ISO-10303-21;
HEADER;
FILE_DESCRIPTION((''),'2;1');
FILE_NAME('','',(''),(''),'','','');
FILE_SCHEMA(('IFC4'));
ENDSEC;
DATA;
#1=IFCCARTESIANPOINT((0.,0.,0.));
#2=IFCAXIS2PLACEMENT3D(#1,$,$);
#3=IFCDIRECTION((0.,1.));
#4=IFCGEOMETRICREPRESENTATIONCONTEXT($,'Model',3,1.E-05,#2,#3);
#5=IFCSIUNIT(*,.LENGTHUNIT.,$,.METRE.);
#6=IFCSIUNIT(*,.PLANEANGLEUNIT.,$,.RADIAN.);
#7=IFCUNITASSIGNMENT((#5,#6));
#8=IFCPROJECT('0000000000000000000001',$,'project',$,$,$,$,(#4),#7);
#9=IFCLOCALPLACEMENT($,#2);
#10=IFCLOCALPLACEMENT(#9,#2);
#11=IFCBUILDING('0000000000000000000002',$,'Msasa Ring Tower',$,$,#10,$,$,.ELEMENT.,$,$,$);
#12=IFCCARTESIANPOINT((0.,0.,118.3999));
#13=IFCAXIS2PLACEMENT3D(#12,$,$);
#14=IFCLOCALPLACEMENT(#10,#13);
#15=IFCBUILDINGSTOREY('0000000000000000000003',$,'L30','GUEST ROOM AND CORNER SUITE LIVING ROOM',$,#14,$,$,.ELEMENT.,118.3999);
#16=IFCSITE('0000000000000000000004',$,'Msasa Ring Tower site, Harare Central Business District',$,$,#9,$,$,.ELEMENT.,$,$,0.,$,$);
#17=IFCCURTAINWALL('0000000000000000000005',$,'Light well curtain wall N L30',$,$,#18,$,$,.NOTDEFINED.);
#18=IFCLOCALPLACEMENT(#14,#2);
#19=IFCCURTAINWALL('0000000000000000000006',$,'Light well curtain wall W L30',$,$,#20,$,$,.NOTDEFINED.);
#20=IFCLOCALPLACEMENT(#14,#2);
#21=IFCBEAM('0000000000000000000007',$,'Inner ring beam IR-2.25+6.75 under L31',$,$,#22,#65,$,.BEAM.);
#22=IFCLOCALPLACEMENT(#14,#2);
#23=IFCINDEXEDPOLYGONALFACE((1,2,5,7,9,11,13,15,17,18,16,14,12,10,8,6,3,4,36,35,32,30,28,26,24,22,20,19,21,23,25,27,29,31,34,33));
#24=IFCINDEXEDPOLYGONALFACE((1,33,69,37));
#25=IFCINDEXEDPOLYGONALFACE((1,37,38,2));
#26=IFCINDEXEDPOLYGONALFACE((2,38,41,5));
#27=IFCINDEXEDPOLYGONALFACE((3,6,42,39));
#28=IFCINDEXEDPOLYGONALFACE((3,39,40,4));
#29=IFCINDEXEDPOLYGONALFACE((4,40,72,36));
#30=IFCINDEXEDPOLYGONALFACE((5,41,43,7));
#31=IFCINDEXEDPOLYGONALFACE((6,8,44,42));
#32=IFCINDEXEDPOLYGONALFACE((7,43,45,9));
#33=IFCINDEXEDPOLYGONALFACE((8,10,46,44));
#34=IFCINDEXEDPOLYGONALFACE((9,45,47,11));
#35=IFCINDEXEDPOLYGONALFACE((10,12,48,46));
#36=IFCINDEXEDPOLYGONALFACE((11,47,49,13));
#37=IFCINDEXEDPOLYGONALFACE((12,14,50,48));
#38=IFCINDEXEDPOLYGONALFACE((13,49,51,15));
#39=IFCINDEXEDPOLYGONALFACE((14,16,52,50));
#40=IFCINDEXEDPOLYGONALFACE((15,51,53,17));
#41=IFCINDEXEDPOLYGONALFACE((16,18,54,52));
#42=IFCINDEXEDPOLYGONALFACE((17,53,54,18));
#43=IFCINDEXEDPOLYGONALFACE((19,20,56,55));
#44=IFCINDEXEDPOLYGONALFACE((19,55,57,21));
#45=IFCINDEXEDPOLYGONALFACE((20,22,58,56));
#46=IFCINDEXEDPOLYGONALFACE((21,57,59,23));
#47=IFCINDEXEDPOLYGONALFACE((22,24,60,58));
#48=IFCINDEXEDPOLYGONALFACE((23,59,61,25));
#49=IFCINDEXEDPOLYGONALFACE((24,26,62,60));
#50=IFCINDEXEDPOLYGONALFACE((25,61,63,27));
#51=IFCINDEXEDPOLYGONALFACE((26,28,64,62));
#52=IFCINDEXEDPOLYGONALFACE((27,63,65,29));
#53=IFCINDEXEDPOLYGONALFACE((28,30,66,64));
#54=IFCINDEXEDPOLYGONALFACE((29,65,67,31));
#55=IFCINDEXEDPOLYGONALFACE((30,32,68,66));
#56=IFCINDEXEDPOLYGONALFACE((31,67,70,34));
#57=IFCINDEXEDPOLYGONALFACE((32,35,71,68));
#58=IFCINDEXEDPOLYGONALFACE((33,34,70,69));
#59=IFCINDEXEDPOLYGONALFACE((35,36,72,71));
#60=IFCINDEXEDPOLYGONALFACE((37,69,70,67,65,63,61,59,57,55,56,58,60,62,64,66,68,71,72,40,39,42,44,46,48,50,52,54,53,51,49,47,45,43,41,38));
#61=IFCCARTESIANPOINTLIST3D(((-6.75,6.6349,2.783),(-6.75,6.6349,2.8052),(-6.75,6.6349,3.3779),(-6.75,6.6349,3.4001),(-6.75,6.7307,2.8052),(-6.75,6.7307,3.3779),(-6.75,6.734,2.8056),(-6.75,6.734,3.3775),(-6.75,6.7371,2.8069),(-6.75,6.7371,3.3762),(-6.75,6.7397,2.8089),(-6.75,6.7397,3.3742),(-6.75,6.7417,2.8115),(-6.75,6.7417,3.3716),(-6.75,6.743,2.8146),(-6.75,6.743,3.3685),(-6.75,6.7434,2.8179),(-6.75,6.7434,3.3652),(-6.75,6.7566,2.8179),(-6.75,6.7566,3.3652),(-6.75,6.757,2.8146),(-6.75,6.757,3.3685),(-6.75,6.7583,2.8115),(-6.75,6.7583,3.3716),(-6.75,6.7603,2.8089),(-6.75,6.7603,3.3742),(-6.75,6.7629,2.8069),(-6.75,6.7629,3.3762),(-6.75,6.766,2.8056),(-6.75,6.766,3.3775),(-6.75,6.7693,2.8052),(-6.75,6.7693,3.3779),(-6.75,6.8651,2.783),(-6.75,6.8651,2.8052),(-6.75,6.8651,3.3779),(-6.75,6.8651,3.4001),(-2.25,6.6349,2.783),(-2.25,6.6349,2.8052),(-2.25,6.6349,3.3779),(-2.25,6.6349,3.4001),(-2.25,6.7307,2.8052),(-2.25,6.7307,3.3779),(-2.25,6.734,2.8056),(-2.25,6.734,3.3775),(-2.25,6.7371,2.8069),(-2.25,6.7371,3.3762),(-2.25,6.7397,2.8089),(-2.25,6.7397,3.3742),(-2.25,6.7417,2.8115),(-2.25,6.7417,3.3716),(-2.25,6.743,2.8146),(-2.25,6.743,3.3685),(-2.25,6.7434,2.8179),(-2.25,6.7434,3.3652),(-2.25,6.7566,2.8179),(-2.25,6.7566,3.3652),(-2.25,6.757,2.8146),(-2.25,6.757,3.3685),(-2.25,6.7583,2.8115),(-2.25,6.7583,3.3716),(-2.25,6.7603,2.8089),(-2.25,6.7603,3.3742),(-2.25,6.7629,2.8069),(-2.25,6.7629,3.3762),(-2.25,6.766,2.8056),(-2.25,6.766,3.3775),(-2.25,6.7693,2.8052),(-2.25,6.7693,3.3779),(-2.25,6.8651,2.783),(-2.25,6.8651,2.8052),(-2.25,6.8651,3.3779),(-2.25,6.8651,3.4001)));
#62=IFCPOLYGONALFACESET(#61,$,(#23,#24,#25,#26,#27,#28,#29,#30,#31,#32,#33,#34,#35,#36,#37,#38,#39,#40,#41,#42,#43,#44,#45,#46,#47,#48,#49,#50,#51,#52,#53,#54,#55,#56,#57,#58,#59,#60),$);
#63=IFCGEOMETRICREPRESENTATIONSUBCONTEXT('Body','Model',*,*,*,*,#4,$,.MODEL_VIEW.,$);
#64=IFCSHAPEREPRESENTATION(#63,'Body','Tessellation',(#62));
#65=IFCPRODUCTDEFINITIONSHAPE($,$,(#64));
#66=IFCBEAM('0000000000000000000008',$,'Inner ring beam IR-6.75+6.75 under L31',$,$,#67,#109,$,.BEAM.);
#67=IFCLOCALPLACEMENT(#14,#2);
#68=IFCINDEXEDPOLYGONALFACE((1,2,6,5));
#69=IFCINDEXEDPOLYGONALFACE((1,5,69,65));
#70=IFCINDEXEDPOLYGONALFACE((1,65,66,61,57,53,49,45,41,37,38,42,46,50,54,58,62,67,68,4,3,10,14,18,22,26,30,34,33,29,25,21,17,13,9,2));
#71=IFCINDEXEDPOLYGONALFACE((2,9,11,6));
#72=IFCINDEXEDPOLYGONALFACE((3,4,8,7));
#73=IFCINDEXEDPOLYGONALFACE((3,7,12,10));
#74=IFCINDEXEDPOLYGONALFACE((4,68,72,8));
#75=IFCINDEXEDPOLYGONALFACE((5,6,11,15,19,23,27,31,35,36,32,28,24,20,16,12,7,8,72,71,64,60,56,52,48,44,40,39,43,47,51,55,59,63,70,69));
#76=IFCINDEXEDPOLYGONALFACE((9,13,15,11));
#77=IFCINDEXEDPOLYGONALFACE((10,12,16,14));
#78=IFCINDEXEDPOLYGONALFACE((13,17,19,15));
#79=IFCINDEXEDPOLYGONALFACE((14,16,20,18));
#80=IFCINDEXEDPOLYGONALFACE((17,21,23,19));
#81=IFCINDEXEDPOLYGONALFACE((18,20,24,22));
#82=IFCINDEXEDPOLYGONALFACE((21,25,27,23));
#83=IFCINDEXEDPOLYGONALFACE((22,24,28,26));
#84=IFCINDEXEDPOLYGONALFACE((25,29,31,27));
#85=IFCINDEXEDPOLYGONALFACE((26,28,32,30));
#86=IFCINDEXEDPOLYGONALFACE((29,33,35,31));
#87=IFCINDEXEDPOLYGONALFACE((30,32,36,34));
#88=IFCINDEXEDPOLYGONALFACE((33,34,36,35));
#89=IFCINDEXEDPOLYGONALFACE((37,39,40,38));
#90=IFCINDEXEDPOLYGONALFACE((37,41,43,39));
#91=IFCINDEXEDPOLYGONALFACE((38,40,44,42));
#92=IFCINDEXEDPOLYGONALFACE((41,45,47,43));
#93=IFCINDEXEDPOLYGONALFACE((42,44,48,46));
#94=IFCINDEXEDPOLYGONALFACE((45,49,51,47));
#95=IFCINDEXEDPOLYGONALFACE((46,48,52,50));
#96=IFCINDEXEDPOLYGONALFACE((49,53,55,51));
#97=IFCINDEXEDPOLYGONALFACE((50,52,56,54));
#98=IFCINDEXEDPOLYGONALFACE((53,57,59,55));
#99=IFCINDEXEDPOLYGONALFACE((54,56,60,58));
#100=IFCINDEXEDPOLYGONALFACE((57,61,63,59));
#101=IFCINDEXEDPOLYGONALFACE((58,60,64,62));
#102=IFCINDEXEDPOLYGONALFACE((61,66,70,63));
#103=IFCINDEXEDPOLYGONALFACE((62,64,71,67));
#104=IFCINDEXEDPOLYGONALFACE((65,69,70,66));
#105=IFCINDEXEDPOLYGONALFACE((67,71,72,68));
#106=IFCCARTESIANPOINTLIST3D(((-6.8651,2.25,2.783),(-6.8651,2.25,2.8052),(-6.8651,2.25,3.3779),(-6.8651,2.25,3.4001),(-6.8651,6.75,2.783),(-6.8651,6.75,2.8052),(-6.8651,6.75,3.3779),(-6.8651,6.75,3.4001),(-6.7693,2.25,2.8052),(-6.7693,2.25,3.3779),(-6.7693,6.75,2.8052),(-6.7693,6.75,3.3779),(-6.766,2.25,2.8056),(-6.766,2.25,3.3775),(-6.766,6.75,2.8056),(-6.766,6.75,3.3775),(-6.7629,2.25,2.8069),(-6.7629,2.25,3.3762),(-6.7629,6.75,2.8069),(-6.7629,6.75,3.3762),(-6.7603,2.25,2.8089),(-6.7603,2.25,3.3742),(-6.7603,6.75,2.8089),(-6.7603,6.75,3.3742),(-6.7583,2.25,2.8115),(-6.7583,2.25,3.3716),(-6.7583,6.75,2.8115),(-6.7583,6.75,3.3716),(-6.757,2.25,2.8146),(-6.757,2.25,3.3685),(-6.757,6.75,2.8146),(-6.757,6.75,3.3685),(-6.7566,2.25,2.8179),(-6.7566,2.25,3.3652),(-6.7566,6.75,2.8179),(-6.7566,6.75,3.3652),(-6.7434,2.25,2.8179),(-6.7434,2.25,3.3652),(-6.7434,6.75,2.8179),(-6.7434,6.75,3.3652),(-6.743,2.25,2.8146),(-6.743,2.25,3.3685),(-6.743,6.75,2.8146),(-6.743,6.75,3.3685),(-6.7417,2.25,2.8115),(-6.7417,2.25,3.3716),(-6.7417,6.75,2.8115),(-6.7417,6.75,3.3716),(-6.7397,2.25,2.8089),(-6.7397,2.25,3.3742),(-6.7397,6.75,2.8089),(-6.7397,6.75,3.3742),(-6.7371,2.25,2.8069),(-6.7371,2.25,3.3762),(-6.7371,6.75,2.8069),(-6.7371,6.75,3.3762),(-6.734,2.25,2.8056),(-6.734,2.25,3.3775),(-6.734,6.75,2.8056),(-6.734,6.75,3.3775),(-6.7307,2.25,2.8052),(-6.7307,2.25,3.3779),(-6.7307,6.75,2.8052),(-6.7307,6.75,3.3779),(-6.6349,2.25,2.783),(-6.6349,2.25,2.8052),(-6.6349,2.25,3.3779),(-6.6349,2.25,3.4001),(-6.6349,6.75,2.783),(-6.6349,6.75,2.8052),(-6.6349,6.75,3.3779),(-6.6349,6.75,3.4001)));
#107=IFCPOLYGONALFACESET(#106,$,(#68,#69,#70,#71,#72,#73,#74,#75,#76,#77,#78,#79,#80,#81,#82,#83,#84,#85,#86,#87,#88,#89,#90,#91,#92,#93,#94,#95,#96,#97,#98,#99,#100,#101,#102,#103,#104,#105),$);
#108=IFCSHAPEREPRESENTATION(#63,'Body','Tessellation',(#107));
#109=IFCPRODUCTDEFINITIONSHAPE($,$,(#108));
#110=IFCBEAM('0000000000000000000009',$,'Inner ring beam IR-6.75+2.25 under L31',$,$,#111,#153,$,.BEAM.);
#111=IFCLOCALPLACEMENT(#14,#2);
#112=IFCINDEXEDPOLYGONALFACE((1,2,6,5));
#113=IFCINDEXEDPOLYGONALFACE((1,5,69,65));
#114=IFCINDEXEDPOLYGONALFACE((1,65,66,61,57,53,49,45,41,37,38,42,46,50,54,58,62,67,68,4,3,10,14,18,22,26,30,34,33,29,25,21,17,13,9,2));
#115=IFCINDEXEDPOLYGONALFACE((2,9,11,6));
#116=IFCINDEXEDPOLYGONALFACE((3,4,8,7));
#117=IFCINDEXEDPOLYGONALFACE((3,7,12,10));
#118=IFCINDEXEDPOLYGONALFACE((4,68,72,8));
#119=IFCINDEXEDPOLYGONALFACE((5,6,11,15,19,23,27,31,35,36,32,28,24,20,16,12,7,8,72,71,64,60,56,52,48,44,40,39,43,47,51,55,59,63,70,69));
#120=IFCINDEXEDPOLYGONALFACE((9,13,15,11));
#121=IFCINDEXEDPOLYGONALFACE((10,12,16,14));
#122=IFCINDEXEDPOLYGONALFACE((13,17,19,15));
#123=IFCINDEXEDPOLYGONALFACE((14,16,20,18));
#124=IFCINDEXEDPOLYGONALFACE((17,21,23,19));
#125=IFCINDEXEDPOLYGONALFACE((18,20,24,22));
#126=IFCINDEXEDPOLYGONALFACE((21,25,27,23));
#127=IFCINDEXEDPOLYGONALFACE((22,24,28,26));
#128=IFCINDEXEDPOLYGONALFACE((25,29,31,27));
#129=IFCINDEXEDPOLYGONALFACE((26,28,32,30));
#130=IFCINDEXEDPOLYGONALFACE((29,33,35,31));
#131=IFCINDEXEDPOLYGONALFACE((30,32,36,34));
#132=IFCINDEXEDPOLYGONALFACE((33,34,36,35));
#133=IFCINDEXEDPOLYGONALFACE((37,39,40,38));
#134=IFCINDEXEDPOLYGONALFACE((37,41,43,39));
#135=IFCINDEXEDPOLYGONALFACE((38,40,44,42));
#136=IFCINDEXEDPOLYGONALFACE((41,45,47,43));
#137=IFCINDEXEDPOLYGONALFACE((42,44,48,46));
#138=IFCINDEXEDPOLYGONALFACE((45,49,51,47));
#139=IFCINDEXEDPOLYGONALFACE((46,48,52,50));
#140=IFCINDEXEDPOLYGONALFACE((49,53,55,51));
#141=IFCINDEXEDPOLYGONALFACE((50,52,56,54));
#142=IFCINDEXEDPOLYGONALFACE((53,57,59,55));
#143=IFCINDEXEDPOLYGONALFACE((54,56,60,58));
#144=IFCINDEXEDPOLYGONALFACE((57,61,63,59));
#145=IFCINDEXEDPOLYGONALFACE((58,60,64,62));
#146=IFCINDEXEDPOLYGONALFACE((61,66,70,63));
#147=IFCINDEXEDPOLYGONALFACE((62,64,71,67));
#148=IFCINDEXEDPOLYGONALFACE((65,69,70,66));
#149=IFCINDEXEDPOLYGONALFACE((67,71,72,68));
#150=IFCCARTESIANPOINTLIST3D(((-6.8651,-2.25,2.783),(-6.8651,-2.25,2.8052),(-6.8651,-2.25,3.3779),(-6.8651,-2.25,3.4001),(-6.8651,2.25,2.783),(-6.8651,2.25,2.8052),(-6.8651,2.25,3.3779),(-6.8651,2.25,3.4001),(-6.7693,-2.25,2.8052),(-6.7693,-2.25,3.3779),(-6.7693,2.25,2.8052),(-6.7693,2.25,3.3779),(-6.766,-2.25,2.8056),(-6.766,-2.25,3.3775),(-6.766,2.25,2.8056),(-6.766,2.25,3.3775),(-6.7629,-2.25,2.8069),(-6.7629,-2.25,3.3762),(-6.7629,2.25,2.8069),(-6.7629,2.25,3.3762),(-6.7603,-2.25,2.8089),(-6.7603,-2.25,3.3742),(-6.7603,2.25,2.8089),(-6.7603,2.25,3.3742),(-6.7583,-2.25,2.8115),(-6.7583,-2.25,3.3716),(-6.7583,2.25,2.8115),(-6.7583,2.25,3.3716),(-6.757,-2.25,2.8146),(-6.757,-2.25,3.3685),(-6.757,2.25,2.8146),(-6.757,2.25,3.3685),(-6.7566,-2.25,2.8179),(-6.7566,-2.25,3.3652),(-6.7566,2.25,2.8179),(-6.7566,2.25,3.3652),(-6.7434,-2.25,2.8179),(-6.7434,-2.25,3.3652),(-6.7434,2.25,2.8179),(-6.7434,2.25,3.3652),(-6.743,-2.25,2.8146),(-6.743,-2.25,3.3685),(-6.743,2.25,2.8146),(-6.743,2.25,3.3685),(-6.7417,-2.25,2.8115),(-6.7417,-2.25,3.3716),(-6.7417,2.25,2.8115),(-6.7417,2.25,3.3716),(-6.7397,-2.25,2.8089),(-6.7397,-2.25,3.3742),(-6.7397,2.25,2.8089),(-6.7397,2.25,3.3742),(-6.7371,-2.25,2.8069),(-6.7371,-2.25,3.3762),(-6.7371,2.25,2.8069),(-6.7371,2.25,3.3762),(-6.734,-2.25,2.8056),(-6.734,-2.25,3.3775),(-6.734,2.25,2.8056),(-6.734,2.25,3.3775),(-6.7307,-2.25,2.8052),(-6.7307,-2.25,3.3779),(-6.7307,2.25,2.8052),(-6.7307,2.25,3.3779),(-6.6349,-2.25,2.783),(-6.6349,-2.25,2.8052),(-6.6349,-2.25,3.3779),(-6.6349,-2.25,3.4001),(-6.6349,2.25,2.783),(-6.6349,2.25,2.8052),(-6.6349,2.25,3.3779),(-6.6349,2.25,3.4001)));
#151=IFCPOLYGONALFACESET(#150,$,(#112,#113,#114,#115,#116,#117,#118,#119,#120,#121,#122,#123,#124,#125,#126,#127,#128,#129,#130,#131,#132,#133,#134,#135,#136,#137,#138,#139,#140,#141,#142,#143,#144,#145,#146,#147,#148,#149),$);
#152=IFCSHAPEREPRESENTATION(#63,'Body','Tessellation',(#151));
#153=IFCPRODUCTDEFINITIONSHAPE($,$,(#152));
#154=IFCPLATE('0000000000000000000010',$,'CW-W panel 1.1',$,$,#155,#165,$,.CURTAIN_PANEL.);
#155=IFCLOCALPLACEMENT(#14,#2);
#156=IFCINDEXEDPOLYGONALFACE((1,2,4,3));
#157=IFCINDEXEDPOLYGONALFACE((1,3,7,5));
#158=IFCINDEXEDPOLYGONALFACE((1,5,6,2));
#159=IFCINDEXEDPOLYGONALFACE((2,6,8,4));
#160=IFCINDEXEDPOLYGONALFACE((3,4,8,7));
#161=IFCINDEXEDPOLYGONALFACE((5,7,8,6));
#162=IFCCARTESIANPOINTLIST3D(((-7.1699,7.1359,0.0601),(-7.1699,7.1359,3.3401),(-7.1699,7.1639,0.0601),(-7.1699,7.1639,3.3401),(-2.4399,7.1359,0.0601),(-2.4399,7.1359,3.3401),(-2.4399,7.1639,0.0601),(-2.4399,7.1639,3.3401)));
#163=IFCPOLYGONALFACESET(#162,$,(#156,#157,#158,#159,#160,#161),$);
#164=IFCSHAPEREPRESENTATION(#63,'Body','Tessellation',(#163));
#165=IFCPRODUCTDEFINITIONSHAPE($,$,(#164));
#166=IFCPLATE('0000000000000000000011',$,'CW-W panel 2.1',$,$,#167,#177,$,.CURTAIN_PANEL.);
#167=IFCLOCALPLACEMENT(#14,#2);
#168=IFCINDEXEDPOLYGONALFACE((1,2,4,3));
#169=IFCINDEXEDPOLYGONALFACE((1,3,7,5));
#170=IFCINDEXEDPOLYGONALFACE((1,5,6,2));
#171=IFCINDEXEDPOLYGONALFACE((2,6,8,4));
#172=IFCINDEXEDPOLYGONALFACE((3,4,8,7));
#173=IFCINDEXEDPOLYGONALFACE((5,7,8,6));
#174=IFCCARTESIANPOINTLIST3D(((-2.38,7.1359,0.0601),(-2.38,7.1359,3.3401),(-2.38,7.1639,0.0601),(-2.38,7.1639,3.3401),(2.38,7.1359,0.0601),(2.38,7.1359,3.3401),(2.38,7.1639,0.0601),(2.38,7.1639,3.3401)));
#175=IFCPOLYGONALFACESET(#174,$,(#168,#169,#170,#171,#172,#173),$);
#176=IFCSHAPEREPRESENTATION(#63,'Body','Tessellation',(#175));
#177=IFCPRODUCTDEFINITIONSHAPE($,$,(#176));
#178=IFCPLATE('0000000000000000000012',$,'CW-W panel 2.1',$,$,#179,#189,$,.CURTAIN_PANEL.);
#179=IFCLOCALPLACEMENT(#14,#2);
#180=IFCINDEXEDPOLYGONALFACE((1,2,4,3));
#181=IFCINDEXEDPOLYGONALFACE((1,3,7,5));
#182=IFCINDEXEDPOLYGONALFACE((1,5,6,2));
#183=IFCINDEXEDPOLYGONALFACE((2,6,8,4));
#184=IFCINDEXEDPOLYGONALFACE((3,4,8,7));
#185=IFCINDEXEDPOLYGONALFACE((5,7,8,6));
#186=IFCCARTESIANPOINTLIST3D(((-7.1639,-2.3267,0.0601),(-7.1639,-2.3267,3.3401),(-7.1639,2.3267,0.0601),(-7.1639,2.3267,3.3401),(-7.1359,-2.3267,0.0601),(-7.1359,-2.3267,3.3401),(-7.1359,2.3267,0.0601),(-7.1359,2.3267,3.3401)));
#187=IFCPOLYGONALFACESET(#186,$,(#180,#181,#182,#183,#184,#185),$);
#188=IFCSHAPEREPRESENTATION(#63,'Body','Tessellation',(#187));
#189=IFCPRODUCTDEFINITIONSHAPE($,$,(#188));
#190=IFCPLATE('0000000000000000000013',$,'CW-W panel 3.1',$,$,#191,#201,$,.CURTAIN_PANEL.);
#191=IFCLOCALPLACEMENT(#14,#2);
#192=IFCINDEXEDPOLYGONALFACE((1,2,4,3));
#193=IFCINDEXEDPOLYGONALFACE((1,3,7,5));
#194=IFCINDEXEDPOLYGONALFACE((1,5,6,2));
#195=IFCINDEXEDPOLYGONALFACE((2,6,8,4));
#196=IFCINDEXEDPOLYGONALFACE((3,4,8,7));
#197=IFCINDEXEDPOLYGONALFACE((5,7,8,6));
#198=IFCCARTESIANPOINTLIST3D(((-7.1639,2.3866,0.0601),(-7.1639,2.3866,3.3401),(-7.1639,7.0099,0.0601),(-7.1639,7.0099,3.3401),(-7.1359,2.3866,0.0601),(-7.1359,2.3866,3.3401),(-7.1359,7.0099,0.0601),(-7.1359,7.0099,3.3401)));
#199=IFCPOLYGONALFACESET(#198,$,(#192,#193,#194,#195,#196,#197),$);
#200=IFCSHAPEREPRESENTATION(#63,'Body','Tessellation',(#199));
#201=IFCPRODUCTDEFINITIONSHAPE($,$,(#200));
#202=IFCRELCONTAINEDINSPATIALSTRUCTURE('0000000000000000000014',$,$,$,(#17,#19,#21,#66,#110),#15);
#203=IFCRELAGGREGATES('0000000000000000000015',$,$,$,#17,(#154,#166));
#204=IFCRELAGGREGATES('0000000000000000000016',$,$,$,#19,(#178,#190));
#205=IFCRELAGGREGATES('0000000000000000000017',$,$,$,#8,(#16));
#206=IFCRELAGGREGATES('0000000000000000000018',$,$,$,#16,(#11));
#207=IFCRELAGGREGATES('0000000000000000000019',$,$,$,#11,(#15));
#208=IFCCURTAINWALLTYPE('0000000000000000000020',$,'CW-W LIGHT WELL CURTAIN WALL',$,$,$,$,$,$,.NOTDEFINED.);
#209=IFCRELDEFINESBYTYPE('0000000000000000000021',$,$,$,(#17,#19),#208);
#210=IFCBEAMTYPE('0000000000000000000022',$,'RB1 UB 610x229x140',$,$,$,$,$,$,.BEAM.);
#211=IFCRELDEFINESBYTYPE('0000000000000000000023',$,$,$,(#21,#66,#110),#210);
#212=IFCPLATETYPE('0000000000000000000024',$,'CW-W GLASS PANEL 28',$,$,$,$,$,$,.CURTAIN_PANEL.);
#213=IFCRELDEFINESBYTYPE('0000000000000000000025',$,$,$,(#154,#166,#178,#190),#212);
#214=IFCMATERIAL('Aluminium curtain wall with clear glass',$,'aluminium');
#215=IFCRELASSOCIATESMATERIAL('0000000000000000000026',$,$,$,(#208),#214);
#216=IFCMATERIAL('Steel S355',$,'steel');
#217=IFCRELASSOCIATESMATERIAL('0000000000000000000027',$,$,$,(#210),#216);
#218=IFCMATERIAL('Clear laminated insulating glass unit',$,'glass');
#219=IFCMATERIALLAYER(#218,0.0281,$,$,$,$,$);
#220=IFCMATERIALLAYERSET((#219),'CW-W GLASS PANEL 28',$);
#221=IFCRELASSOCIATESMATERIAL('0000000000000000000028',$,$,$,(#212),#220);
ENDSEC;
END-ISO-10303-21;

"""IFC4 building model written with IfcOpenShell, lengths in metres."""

from ifc_helpers import new_model, si_unit, direction, frame, origin, origin_2d, place, context, subcontext, project, spatial, rectangle, i_section, extrude, material, layer, layer_set, material_profile, profile_set, type_object, element, aggregate, save


model = new_model("IFC4")

# Units and contexts
model_context = context("Model", 3, precision=1e-05, world=origin(), true_north=direction((0.0, 1.0)))
body_context = subcontext(model_context, "Body", "Model", "MODEL_VIEW")
ifc_project = project(units=[si_unit("LENGTHUNIT", "METRE"), si_unit("PLANEANGLEUNIT", "RADIAN")], contexts=[model_context])

# Site, building, storey
site_placement = place(None, origin())
site = spatial("IfcSite", under=ifc_project, at=site_placement, Name="Msasa Ring Tower site, Harare Central Business District", CompositionType="ELEMENT", RefElevation=0.0)
building_placement = place(site_placement, origin())
building = spatial("IfcBuilding", under=site, at=building_placement, Name="Msasa Ring Tower", CompositionType="ELEMENT")
storey_placement = place(building_placement, frame((0.0, 0.0, 118.3999)))
storey = spatial("IfcBuildingStorey", under=building, at=storey_placement, Name="L30", Description="GUEST ROOM AND CORNER SUITE LIVING ROOM", CompositionType="ELEMENT", Elevation=118.3999)

# Curtain walls
ifc_material_1 = material(Name="Aluminium curtain wall with clear glass", Category="aluminium")
curtain_wall_type = type_object("IfcCurtainWallType", Name="CW-W LIGHT WELL CURTAIN WALL", PredefinedType="NOTDEFINED", material=ifc_material_1)
curtain_wall_1_placement = place(storey_placement, origin())
curtain_wall_1 = element("IfcCurtainWall", 1, at=curtain_wall_1_placement, inside=storey, type_object=curtain_wall_type, Name="Light well curtain wall N L30", PredefinedType="NOTDEFINED")
curtain_wall_2_placement = place(storey_placement, origin())
curtain_wall_2 = element("IfcCurtainWall", 2, at=curtain_wall_2_placement, inside=storey, type_object=curtain_wall_type, Name="Light well curtain wall W L30", PredefinedType="NOTDEFINED")

# Beams
ifc_material_2 = material(Name="Steel S355", Category="steel")
ifc_material_profile_1 = material_profile(ifc_material_2, i_section(OverallWidth=0.2302, OverallDepth=0.6172, WebThickness=0.0132, FlangeThickness=0.0222, FilletRadius=0.0127, at=origin_2d()), Name="UB 610x229x140")
ifc_profile_set_1 = profile_set([ifc_material_profile_1], Name="Steel S355")
beam_type = type_object("IfcBeamType", Name="RB1 UB 610x229x140", PredefinedType="BEAM", material=ifc_profile_set_1)
for number, where, z_axis, x_axis, name in (
    (3, (-2.25, 6.75, 3.0916), (-1.0, 0.0, 0.0), (0.0, -1.0, 0.0), "Inner ring beam IR-2.25+6.75 under L31"),
    (4, (-6.75, 6.75, 3.0916), (0.0, -1.0, 0.0), (1.0, 0.0, 0.0), "Inner ring beam IR-6.75+6.75 under L31"),
    (5, (-6.75, 2.25, 3.0916), (0.0, -1.0, 0.0), (1.0, 0.0, 0.0), "Inner ring beam IR-6.75+2.25 under L31"),
):
    element("IfcBeam", number, at=place(storey_placement, frame(where, z_axis=z_axis, x_axis=x_axis)), inside=storey, type_object=beam_type, Name=name, PredefinedType="BEAM", context=body_context, shape_type="SweptSolid", body=[
        extrude(i_section(OverallWidth=0.2302, OverallDepth=0.6172, WebThickness=0.0132, FlangeThickness=0.0222, FilletRadius=0.0127, at=origin_2d()), origin(), (0.0, 0.0, 1.0), 4.5),
    ])

# Plates
ifc_material_3 = material(Name="Clear laminated insulating glass unit", Category="glass")
ifc_layer_1 = layer(ifc_material_3, 0.0281)
ifc_layer_set_1 = layer_set([ifc_layer_1], Name="CW-W GLASS PANEL 28")
plate_type = type_object("IfcPlateType", Name="CW-W GLASS PANEL 28", PredefinedType="CURTAIN_PANEL", material=ifc_layer_set_1)
plate_1_placement = place(storey_placement, frame((-4.8049, 7.1499, 0.0601), z_axis=(0.0, 0.0, 1.0), x_axis=(1.0, 0.0, 0.0)))
plate_1 = element("IfcPlate", 6, at=plate_1_placement, type_object=plate_type, Name="CW-W panel 1.1", PredefinedType="CURTAIN_PANEL", context=body_context, shape_type="SweptSolid", body=[
    extrude(rectangle(XDim=4.73, YDim=0.0281, at=origin_2d()), origin(), (0.0, 0.0, 1.0), 3.28),
])
plate_2_placement = place(storey_placement, frame((0.0, 7.1499, 0.0601), z_axis=(0.0, 0.0, 1.0), x_axis=(1.0, 0.0, 0.0)))
plate_2 = element("IfcPlate", 7, at=plate_2_placement, type_object=plate_type, Name="CW-W panel 2.1", PredefinedType="CURTAIN_PANEL", context=body_context, shape_type="SweptSolid", body=[
    extrude(rectangle(XDim=4.76, YDim=0.0281, at=origin_2d()), origin(), (0.0, 0.0, 1.0), 3.28),
])
aggregate(curtain_wall_1, [plate_1, plate_2])
plate_3_placement = place(storey_placement, frame((-7.1499, 0.0, 0.0601), z_axis=(0.0, 0.0, 1.0), x_axis=(0.0, 1.0, 0.0)))
plate_3 = element("IfcPlate", 8, at=plate_3_placement, type_object=plate_type, Name="CW-W panel 2.1", PredefinedType="CURTAIN_PANEL", context=body_context, shape_type="SweptSolid", body=[
    extrude(rectangle(XDim=4.6533, YDim=0.0281, at=origin_2d()), origin(), (0.0, 0.0, 1.0), 3.28),
])
plate_4_placement = place(storey_placement, frame((-7.1499, 4.6982, 0.0601), z_axis=(0.0, 0.0, 1.0), x_axis=(0.0, 1.0, 0.0)))
plate_4 = element("IfcPlate", 9, at=plate_4_placement, type_object=plate_type, Name="CW-W panel 3.1", PredefinedType="CURTAIN_PANEL", context=body_context, shape_type="SweptSolid", body=[
    extrude(rectangle(XDim=4.6233, YDim=0.0281, at=origin_2d()), origin(), (0.0, 0.0, 1.0), 3.28),
])
aggregate(curtain_wall_2, [plate_3, plate_4])

save(model, "model.ifc")
